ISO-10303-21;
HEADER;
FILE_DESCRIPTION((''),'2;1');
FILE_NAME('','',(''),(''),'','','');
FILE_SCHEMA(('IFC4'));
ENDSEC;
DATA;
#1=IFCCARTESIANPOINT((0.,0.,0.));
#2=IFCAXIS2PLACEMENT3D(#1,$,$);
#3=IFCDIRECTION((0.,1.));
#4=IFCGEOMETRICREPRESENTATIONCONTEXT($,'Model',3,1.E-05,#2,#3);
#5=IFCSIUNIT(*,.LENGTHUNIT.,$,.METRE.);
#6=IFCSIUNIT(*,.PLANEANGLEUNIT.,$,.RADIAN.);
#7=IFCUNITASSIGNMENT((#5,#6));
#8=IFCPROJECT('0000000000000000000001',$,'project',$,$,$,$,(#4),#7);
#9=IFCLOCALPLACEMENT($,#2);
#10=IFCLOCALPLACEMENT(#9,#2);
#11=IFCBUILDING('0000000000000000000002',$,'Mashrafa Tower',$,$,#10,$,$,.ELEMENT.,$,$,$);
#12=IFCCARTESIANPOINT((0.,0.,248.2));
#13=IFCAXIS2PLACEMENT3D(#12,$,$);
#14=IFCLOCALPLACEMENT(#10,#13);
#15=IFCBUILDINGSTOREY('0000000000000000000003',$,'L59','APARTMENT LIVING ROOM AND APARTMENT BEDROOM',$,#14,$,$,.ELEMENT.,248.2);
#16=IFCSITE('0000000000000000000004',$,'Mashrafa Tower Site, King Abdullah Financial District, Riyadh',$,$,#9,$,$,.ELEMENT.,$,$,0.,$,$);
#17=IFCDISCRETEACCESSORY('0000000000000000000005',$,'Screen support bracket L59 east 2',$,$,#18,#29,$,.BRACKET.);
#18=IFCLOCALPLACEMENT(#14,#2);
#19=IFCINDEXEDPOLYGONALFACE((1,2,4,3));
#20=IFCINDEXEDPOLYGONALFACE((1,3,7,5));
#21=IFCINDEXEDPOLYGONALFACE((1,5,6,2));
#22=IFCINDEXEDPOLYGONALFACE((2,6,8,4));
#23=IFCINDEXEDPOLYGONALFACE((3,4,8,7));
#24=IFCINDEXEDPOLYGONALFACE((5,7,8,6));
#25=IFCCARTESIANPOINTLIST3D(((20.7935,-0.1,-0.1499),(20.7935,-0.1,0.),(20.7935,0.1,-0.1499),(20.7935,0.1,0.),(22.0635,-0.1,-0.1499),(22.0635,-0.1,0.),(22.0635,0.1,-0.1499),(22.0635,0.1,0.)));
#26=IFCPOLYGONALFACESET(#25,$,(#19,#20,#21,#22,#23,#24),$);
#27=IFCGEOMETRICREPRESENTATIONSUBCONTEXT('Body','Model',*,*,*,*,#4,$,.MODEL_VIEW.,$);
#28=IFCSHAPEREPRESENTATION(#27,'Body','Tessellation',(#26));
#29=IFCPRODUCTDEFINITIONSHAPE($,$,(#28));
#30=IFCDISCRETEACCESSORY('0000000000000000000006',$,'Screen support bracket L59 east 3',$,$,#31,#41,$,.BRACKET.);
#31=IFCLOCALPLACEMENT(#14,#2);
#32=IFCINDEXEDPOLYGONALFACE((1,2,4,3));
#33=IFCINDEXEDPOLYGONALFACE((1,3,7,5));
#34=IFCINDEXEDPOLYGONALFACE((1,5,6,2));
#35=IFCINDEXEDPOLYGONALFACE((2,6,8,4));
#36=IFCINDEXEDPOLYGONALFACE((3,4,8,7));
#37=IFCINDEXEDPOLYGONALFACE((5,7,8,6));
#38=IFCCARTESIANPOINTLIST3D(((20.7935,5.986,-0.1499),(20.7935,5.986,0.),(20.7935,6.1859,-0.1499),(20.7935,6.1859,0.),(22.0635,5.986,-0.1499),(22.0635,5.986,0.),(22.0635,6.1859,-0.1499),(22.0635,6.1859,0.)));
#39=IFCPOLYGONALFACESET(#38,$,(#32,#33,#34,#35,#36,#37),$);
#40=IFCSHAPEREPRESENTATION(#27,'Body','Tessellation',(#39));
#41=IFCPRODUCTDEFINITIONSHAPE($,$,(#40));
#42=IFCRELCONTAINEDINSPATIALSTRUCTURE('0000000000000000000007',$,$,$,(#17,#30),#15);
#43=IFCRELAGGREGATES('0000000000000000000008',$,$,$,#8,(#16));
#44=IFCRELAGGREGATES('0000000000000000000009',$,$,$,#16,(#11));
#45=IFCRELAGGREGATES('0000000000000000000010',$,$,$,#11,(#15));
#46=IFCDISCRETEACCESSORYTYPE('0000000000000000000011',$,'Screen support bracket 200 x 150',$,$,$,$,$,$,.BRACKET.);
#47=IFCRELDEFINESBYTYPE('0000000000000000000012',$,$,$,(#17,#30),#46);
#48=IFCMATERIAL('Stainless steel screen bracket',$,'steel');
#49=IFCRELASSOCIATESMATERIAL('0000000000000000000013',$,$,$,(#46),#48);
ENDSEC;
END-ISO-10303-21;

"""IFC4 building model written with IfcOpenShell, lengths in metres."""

from ifc_helpers import new_model, si_unit, direction, frame, origin, origin_2d, place, context, subcontext, project, spatial, rectangle, extrude, source, transform, mapped, material, type_object, type_shapes, element, save


model = new_model("IFC4")

# Units and contexts
model_context = context("Model", 3, precision=1e-05, world=origin(), true_north=direction((0.0, 1.0)))
body_context = subcontext(model_context, "Body", "Model", "MODEL_VIEW")
ifc_project = project(units=[si_unit("LENGTHUNIT", "METRE"), si_unit("PLANEANGLEUNIT", "RADIAN")], contexts=[model_context])

# Site, building, storey
site_placement = place(None, origin())
site = spatial("IfcSite", under=ifc_project, at=site_placement, Name="Mashrafa Tower Site, King Abdullah Financial District, Riyadh", CompositionType="ELEMENT", RefElevation=0.0)
building_placement = place(site_placement, origin())
building = spatial("IfcBuilding", under=site, at=building_placement, Name="Mashrafa Tower", CompositionType="ELEMENT")
storey_placement = place(building_placement, frame((0.0, 0.0, 248.2)))
storey = spatial("IfcBuildingStorey", under=building, at=storey_placement, Name="L59", Description="APARTMENT LIVING ROOM AND APARTMENT BEDROOM", CompositionType="ELEMENT", Elevation=248.2)

# Discrete accessories
ifc_material_1 = material(Name="Stainless steel screen bracket", Category="steel")
discrete_accessory_type = type_object("IfcDiscreteAccessoryType", Name="Screen support bracket 200 x 150", PredefinedType="BRACKET", material=ifc_material_1)
shared_shape_1 = source(origin(), body_context, "Body", "SweptSolid", [
    extrude(rectangle(XDim=0.2, YDim=1.27, at=origin_2d()), origin(), (0.0, 0.0, 1.0), 0.1499),
])
type_shapes(discrete_accessory_type, [shared_shape_1])
for number, where, z_axis, x_axis, name in (
    (1, (21.4285, 0.0, -0.1499), (0.0, 0.0, 1.0), (0.0, 1.0, 0.0), "Screen support bracket L59 east 2"),
    (2, (21.4285, 6.0859, -0.1499), (0.0, 0.0, 1.0), (0.0, 1.0, 0.0), "Screen support bracket L59 east 3"),
):
    element("IfcDiscreteAccessory", number, at=place(storey_placement, frame(where, z_axis=z_axis, x_axis=x_axis)), inside=storey, type_object=discrete_accessory_type, Name=name, PredefinedType="BRACKET", context=body_context, shape_type="MappedRepresentation", body=[
        mapped(shared_shape_1, transform((0.0, 0.0, 0.0))),
    ])

save(model, "model.ifc")
